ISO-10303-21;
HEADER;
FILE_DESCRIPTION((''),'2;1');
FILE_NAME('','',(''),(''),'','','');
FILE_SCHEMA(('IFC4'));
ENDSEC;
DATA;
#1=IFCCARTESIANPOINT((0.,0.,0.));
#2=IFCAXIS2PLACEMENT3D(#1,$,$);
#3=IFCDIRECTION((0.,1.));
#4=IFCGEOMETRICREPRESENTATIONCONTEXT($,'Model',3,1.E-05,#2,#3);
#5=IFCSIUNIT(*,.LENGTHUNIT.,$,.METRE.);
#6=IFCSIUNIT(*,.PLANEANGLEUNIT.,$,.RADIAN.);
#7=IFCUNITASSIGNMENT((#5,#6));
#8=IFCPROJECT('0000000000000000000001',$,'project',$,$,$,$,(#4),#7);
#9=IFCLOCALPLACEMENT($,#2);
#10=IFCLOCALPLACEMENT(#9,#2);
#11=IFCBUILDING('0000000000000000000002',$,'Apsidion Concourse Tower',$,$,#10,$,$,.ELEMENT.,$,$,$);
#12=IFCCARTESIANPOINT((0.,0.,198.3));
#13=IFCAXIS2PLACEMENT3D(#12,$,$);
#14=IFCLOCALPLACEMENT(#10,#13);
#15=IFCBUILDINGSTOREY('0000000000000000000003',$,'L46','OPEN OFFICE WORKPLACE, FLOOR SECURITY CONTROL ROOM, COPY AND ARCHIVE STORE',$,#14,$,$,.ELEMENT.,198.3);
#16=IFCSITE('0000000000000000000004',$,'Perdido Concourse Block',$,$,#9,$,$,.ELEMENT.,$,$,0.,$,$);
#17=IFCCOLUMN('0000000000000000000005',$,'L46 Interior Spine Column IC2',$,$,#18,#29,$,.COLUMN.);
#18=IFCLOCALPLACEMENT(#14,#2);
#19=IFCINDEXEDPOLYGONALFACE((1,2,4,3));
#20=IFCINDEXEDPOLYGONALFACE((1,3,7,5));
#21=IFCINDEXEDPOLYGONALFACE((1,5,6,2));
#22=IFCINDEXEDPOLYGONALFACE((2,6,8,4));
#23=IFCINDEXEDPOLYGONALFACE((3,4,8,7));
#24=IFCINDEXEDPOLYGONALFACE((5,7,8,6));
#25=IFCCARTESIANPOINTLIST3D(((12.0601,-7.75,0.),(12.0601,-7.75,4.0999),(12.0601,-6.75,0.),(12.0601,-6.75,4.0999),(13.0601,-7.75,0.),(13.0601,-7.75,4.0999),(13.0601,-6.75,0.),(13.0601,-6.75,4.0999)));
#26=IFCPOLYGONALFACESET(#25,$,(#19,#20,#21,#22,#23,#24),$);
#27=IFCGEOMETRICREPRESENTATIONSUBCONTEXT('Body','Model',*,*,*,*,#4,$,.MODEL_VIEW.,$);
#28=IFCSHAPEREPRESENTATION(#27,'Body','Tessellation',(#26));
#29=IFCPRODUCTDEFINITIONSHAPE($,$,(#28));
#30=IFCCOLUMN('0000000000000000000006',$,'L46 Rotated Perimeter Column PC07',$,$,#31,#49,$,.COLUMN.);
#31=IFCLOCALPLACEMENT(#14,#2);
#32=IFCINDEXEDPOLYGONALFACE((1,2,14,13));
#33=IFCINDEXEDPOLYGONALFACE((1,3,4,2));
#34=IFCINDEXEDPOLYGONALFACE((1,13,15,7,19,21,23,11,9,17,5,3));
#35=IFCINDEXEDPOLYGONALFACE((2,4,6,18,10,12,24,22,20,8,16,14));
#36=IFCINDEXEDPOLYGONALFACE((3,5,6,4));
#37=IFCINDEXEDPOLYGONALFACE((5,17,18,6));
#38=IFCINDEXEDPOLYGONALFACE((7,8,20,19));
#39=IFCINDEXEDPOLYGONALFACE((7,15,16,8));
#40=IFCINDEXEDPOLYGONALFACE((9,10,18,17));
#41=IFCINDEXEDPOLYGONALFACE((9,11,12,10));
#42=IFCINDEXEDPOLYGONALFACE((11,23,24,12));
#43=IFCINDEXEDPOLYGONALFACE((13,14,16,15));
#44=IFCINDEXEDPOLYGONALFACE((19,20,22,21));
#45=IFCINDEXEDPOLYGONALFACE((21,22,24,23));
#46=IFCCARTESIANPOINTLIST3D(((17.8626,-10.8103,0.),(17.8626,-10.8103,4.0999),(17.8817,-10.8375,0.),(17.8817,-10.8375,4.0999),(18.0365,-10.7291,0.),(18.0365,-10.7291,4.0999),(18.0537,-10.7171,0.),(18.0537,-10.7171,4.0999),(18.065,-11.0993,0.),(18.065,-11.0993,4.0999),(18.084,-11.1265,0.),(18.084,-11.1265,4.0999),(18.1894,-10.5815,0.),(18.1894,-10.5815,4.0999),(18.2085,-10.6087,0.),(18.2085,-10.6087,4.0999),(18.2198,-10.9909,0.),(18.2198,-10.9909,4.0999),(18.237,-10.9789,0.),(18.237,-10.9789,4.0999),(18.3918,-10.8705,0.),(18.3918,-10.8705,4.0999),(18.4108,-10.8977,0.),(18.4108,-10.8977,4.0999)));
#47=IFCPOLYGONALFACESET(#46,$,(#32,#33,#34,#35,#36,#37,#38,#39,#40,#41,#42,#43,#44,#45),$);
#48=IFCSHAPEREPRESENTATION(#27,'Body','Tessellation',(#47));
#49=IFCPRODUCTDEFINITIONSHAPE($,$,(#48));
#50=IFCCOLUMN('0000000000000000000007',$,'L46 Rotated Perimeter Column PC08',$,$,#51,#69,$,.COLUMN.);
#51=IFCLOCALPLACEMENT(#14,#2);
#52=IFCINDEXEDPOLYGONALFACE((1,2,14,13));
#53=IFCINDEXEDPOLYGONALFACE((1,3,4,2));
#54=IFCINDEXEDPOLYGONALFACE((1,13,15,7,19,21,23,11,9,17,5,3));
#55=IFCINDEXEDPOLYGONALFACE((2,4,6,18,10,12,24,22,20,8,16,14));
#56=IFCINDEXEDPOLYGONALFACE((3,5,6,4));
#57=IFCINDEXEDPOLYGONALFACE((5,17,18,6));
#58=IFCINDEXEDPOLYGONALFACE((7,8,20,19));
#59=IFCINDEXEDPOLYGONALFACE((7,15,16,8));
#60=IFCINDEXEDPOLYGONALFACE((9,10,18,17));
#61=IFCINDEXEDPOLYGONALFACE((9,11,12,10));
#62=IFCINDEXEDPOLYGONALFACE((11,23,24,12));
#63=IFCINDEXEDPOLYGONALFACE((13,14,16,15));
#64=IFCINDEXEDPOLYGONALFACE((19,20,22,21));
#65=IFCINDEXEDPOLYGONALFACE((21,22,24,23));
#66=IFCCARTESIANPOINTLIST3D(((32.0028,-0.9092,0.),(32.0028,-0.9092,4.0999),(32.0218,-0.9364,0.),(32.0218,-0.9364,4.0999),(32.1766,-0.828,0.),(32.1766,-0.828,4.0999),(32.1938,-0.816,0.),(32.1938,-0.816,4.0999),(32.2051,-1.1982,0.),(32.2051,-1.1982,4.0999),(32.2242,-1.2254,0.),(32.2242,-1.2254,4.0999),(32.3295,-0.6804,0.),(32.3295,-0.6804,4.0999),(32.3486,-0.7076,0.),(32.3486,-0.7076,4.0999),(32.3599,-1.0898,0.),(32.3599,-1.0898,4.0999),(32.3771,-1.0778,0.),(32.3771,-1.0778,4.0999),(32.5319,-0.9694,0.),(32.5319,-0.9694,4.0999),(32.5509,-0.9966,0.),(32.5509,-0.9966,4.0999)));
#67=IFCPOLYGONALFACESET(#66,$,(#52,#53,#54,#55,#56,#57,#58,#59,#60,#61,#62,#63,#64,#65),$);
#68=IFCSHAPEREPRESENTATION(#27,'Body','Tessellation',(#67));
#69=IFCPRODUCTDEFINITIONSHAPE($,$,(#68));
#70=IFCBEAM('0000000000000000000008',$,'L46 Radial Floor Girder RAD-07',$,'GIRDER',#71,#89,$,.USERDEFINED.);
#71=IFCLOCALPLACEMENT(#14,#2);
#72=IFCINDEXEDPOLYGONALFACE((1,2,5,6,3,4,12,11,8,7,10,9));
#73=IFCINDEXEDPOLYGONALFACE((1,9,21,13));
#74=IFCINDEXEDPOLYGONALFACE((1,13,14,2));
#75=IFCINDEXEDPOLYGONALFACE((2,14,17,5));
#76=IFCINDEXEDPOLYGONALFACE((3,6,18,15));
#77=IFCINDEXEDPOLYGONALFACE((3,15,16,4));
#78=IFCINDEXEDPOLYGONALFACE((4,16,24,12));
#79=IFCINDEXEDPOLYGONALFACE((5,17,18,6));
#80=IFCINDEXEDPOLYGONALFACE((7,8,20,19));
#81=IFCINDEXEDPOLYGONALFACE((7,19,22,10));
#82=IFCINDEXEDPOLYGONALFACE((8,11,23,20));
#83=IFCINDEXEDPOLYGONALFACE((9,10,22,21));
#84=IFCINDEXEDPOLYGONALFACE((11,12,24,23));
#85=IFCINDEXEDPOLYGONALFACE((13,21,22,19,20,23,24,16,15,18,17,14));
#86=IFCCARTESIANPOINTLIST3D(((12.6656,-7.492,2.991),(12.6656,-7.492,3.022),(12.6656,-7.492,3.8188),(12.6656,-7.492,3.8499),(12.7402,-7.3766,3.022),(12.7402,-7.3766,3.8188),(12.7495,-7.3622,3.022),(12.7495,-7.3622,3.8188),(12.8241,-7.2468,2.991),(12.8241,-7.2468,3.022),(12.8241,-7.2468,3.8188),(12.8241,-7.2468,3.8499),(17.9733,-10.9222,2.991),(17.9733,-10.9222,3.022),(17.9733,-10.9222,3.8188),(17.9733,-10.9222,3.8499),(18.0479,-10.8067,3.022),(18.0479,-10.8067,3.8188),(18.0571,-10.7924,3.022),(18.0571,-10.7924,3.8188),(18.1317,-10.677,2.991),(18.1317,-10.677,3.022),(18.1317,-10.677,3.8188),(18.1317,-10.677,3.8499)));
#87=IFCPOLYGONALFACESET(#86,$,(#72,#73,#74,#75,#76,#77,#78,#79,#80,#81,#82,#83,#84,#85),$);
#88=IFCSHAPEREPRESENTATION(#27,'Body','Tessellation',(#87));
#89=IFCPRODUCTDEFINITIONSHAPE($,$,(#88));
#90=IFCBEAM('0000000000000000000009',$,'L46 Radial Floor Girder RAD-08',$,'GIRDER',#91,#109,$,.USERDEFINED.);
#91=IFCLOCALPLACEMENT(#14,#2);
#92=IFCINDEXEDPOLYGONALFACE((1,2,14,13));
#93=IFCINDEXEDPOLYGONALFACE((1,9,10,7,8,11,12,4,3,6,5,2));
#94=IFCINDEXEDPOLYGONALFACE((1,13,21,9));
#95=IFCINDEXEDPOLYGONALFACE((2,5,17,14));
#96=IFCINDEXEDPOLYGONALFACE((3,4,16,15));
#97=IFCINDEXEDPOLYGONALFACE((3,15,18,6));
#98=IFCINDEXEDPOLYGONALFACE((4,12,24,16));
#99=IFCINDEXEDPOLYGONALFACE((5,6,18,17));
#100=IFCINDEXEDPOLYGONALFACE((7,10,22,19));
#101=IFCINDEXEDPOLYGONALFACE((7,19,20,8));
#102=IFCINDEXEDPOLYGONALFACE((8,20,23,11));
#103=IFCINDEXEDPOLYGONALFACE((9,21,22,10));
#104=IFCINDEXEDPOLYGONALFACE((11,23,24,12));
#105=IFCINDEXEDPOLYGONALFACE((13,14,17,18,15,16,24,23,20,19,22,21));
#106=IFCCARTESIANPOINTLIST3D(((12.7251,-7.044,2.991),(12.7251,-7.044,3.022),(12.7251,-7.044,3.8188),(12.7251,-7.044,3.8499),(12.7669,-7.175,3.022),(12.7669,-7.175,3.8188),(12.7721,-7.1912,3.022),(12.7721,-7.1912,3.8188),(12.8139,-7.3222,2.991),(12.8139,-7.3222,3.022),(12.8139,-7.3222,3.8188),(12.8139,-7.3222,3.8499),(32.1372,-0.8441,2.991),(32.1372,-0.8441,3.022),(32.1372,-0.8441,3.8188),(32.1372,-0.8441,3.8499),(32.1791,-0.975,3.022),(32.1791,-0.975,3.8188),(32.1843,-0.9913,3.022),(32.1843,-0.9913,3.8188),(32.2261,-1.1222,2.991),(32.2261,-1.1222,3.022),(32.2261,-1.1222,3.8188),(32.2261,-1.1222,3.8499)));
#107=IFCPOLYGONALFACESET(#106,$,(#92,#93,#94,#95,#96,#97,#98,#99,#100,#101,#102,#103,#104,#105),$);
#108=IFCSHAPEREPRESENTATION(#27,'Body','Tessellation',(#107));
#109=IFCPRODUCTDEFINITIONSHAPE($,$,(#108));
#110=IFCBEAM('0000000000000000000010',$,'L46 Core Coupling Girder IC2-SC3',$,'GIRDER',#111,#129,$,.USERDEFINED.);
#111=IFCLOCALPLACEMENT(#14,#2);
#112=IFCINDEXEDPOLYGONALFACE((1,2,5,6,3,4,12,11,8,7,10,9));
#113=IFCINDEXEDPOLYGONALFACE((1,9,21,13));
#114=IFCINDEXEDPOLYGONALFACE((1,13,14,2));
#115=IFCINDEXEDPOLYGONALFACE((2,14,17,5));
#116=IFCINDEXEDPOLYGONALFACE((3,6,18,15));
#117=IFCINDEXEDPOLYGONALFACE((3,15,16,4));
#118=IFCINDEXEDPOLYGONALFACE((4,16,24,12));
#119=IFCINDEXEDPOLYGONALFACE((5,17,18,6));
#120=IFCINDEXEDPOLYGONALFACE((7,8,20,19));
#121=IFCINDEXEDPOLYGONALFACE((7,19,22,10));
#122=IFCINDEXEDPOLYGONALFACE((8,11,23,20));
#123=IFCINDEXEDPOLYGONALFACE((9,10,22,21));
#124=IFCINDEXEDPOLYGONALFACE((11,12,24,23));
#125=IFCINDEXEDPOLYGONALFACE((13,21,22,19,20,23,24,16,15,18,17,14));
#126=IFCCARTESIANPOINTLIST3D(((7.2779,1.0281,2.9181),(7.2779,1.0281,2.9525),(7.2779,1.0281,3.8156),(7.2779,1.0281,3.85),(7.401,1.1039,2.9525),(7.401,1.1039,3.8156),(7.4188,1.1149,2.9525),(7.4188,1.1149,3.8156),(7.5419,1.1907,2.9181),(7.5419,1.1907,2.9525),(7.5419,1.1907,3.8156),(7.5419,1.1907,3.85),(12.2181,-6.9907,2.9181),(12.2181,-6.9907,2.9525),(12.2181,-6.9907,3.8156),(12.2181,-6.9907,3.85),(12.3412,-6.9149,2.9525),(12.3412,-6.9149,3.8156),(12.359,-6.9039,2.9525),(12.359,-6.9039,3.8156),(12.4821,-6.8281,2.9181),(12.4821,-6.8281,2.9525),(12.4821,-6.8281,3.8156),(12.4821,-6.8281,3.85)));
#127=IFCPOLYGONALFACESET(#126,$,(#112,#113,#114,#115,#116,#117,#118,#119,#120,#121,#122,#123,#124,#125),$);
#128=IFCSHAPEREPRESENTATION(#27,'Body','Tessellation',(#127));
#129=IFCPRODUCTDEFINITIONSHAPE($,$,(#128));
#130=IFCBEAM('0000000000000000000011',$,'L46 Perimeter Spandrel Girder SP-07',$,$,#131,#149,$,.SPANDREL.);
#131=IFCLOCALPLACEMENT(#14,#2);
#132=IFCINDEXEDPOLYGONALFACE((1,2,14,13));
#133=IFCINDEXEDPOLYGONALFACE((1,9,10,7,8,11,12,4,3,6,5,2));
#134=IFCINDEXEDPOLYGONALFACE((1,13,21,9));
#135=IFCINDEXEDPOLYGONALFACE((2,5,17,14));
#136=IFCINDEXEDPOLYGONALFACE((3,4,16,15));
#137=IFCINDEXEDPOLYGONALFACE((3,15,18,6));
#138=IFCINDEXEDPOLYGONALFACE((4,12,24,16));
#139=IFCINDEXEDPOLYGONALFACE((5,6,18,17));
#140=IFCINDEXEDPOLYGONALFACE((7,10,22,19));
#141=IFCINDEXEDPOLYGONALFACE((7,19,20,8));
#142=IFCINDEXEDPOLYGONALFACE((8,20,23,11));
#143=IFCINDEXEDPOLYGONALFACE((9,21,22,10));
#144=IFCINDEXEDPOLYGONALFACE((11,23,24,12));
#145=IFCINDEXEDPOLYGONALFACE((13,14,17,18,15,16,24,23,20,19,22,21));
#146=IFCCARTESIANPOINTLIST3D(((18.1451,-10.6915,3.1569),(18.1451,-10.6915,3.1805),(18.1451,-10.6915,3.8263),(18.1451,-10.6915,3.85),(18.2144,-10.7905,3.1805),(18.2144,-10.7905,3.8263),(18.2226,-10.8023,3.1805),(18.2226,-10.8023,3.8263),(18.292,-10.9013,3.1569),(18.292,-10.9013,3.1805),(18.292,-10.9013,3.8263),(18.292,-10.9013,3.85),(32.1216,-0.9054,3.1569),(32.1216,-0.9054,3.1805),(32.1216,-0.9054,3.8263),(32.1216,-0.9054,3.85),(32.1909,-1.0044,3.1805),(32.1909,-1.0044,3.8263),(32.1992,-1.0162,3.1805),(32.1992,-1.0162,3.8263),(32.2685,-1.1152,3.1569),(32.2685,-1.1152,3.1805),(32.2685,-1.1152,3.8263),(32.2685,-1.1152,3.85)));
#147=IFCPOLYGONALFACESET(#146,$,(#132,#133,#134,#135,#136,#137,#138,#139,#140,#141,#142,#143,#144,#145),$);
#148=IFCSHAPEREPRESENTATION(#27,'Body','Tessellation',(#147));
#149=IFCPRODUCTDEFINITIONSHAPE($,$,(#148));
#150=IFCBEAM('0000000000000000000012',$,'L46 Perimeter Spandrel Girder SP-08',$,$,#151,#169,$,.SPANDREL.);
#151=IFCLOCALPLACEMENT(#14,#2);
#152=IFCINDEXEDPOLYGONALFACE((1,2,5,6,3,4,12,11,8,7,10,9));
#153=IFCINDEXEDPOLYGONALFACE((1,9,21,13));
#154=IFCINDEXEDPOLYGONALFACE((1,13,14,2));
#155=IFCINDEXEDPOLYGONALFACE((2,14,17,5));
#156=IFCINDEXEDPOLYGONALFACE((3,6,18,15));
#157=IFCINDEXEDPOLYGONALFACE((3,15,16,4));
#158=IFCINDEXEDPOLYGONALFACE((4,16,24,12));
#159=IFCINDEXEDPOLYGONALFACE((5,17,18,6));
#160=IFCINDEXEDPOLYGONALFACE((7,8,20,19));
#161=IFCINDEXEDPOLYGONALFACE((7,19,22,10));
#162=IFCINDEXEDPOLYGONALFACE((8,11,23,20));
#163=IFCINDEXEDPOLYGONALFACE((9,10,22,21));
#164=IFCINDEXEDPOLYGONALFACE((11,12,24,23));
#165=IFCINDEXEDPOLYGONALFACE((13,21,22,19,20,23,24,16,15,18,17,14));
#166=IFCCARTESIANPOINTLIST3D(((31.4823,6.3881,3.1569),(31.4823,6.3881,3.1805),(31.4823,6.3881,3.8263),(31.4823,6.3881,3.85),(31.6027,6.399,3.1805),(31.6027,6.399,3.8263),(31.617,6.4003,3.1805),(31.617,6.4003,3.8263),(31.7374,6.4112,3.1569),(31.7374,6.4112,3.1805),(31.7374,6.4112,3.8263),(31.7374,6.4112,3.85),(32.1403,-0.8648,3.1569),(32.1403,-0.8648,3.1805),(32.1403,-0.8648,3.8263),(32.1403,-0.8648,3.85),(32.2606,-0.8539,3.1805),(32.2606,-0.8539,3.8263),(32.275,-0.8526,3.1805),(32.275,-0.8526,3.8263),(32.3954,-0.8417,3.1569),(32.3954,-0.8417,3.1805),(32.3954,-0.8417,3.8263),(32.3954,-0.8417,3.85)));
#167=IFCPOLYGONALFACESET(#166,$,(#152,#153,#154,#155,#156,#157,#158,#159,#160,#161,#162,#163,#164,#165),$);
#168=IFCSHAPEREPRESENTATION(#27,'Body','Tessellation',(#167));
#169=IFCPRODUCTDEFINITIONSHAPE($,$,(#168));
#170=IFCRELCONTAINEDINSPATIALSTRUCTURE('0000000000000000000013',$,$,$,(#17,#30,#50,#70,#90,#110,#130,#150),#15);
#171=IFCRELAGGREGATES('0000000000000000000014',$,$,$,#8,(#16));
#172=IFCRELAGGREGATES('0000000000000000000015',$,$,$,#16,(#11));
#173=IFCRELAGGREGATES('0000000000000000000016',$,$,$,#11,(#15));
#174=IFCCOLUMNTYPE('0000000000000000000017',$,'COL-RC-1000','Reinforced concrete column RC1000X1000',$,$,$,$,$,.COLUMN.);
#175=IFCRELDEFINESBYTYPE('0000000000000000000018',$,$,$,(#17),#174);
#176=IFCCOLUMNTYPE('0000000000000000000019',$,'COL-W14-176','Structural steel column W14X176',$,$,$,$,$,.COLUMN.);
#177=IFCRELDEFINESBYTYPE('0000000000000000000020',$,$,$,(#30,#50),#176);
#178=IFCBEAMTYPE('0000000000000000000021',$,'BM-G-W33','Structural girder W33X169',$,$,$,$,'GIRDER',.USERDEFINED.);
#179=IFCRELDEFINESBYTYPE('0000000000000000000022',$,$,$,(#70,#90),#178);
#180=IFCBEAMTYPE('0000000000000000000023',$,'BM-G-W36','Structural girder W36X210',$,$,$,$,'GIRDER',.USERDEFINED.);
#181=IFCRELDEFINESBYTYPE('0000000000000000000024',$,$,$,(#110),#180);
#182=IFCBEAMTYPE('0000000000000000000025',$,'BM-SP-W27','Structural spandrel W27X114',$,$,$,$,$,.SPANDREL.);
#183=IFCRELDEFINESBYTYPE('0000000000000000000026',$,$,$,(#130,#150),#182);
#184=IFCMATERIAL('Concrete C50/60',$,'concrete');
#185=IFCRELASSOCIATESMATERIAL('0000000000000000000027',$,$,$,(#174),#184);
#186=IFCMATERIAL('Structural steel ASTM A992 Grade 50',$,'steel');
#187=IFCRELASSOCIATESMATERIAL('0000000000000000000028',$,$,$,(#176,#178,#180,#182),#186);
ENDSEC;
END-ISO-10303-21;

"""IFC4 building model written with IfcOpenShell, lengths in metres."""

from ifc_helpers import new_model, si_unit, direction, frame, origin, origin_2d, place, context, subcontext, project, spatial, rectangle, i_section, extrude, material, material_profile, profile_set, type_object, element, save


model = new_model("IFC4")

# Units and contexts
model_context = context("Model", 3, precision=1e-05, world=origin(), true_north=direction((0.0, 1.0)))
body_context = subcontext(model_context, "Body", "Model", "MODEL_VIEW")
ifc_project = project(units=[si_unit("LENGTHUNIT", "METRE"), si_unit("PLANEANGLEUNIT", "RADIAN")], contexts=[model_context])

# Site, building, storey
site_placement = place(None, origin())
site = spatial("IfcSite", under=ifc_project, at=site_placement, Name="Perdido Concourse Block", CompositionType="ELEMENT", RefElevation=0.0)
building_placement = place(site_placement, origin())
building = spatial("IfcBuilding", under=site, at=building_placement, Name="Apsidion Concourse Tower", CompositionType="ELEMENT")
storey_placement = place(building_placement, frame((0.0, 0.0, 198.3)))
storey = spatial("IfcBuildingStorey", under=building, at=storey_placement, Name="L46", Description="OPEN OFFICE WORKPLACE, FLOOR SECURITY CONTROL ROOM, COPY AND ARCHIVE STORE", CompositionType="ELEMENT", Elevation=198.3)

# Columns
ifc_material_1 = material(Name="Concrete C50/60", Category="concrete")
ifc_material_profile_1 = material_profile(ifc_material_1, rectangle(XDim=1.0, YDim=1.0, at=origin_2d()), Name="RC 1000x1000")
ifc_profile_set_1 = profile_set([ifc_material_profile_1], Name="Concrete C50/60")
column_type_1 = type_object("IfcColumnType", Name="COL-RC-1000", Description="Reinforced concrete column RC1000X1000", PredefinedType="COLUMN", material=ifc_profile_set_1)
column_placement = place(storey_placement, frame((12.5601, -7.25, 0.0), z_axis=(0.0, 0.0, 1.0), x_axis=(1.0, 0.0, 0.0)))
element("IfcColumn", 1, at=column_placement, inside=storey, type_object=column_type_1, Name="L46 Interior Spine Column IC2", PredefinedType="COLUMN", context=body_context, shape_type="SweptSolid", body=[
    extrude(rectangle(XDim=1.0, YDim=1.0, at=origin_2d()), origin(), (0.0, 0.0, 1.0), 4.0999),
])
ifc_material_2 = material(Name="Structural steel ASTM A992 Grade 50", Category="steel")
ifc_material_profile_2 = material_profile(ifc_material_2, i_section(OverallWidth=0.3989, OverallDepth=0.386, WebThickness=0.021, FlangeThickness=0.0332, at=origin_2d()), Name="W14X176")
ifc_profile_set_2 = profile_set([ifc_material_profile_2], Name="Structural steel ASTM A992 Grade 50")
column_type_2 = type_object("IfcColumnType", Name="COL-W14-176", Description="Structural steel column W14X176", PredefinedType="COLUMN", material=ifc_profile_set_2)
for number, where, z_axis, x_axis, name in (
    (2, (18.1367, -10.854, 0.0), (0.0, 0.0, 1.0), (0.819152, 0.573576, 0.0), "L46 Rotated Perimeter Column PC07"),
    (3, (32.2769, -0.9529, 0.0), (0.0, 0.0, 1.0), (0.819152, 0.573576, 0.0), "L46 Rotated Perimeter Column PC08"),
):
    element("IfcColumn", number, at=place(storey_placement, frame(where, z_axis=z_axis, x_axis=x_axis)), inside=storey, type_object=column_type_2, Name=name, PredefinedType="COLUMN", context=body_context, shape_type="SweptSolid", body=[
        extrude(i_section(OverallWidth=0.3989, OverallDepth=0.386, WebThickness=0.021, FlangeThickness=0.0332, at=origin_2d()), origin(), (0.0, 0.0, 1.0), 4.0999),
    ])

# Beams
ifc_material_profile_3 = material_profile(ifc_material_2, i_section(OverallWidth=0.292, OverallDepth=0.8589, WebThickness=0.0171, FlangeThickness=0.031, at=origin_2d()), Name="W33X169")
ifc_profile_set_3 = profile_set([ifc_material_profile_3], Name="Structural steel ASTM A992 Grade 50")
beam_type_1 = type_object("IfcBeamType", Name="BM-G-W33", Description="Structural girder W33X169", ElementType="GIRDER", PredefinedType="USERDEFINED", material=ifc_profile_set_3)
beam_1_placement = place(storey_placement, frame((12.7449, -7.3694, 3.4204), z_axis=(0.839871, -0.542787, 0.0), x_axis=(0.542787, 0.839871, 0.0)))
element("IfcBeam", 4, at=beam_1_placement, inside=storey, type_object=beam_type_1, Name="L46 Radial Floor Girder RAD-07", ObjectType="GIRDER", PredefinedType="USERDEFINED", context=body_context, shape_type="SweptSolid", body=[
    extrude(i_section(OverallWidth=0.292, OverallDepth=0.8589, WebThickness=0.0171, FlangeThickness=0.031, at=origin_2d()), origin(), (0.0, 0.0, 1.0), 6.3196),
])
beam_2_placement = place(storey_placement, frame((12.7695, -7.1831, 3.4204), z_axis=(0.952594, 0.304245, 0.0), x_axis=(-0.304245, 0.952594, 0.0)))
element("IfcBeam", 5, at=beam_2_placement, inside=storey, type_object=beam_type_1, Name="L46 Radial Floor Girder RAD-08", ObjectType="GIRDER", PredefinedType="USERDEFINED", context=body_context, shape_type="SweptSolid", body=[
    extrude(i_section(OverallWidth=0.292, OverallDepth=0.8589, WebThickness=0.0171, FlangeThickness=0.031, at=origin_2d()), origin(), (0.0, 0.0, 1.0), 20.3782),
])
ifc_material_profile_4 = material_profile(ifc_material_2, i_section(OverallWidth=0.3101, OverallDepth=0.9319, WebThickness=0.021, FlangeThickness=0.0344, at=origin_2d()), Name="W36X210")
ifc_profile_set_4 = profile_set([ifc_material_profile_4], Name="Structural steel ASTM A992 Grade 50")
beam_type_2 = type_object("IfcBeamType", Name="BM-G-W36", Description="Structural girder W36X210", ElementType="GIRDER", PredefinedType="USERDEFINED", material=ifc_profile_set_4)
beam_3_placement = place(storey_placement, frame((12.3501, -6.9094, 3.384), z_axis=(-0.524524, 0.851396, 0.0), x_axis=(-0.851396, -0.524524, 0.0)))
element("IfcBeam", 6, at=beam_3_placement, inside=storey, type_object=beam_type_2, Name="L46 Core Coupling Girder IC2-SC3", ObjectType="GIRDER", PredefinedType="USERDEFINED", context=body_context, shape_type="SweptSolid", body=[
    extrude(i_section(OverallWidth=0.3101, OverallDepth=0.9319, WebThickness=0.021, FlangeThickness=0.0344, at=origin_2d()), origin(), (0.0, 0.0, 1.0), 9.4185),
])
ifc_material_profile_5 = material_profile(ifc_material_2, i_section(OverallWidth=0.2561, OverallDepth=0.6931, WebThickness=0.0144, FlangeThickness=0.0237, at=origin_2d()), Name="W27X114")
ifc_profile_set_5 = profile_set([ifc_material_profile_5], Name="Structural steel ASTM A992 Grade 50")
beam_type_3 = type_object("IfcBeamType", Name="BM-SP-W27", Description="Structural spandrel W27X114", PredefinedType="SPANDREL", material=ifc_profile_set_5)
beam_4_placement = place(storey_placement, frame((18.2185, -10.7964, 3.5034), z_axis=(0.819162, 0.573562, 0.0), x_axis=(-0.573562, 0.819162, 0.0)))
element("IfcBeam", 7, at=beam_4_placement, inside=storey, type_object=beam_type_3, Name="L46 Perimeter Spandrel Girder SP-07", PredefinedType="SPANDREL", context=body_context, shape_type="SweptSolid", body=[
    extrude(i_section(OverallWidth=0.2561, OverallDepth=0.6931, WebThickness=0.0144, FlangeThickness=0.0237, at=origin_2d()), origin(), (0.0, 0.0, 1.0), 17.062),
])
beam_5_placement = place(storey_placement, frame((32.2678, -0.8533, 3.5034), z_axis=(-0.090345, 0.99591, 0.0), x_axis=(-0.99591, -0.090345, 0.0)))
element("IfcBeam", 8, at=beam_5_placement, inside=storey, type_object=beam_type_3, Name="L46 Perimeter Spandrel Girder SP-08", PredefinedType="SPANDREL", context=body_context, shape_type="SweptSolid", body=[
    extrude(i_section(OverallWidth=0.2561, OverallDepth=0.6931, WebThickness=0.0144, FlangeThickness=0.0237, at=origin_2d()), origin(), (0.0, 0.0, 1.0), 7.2827),
])

save(model, "model.ifc")
